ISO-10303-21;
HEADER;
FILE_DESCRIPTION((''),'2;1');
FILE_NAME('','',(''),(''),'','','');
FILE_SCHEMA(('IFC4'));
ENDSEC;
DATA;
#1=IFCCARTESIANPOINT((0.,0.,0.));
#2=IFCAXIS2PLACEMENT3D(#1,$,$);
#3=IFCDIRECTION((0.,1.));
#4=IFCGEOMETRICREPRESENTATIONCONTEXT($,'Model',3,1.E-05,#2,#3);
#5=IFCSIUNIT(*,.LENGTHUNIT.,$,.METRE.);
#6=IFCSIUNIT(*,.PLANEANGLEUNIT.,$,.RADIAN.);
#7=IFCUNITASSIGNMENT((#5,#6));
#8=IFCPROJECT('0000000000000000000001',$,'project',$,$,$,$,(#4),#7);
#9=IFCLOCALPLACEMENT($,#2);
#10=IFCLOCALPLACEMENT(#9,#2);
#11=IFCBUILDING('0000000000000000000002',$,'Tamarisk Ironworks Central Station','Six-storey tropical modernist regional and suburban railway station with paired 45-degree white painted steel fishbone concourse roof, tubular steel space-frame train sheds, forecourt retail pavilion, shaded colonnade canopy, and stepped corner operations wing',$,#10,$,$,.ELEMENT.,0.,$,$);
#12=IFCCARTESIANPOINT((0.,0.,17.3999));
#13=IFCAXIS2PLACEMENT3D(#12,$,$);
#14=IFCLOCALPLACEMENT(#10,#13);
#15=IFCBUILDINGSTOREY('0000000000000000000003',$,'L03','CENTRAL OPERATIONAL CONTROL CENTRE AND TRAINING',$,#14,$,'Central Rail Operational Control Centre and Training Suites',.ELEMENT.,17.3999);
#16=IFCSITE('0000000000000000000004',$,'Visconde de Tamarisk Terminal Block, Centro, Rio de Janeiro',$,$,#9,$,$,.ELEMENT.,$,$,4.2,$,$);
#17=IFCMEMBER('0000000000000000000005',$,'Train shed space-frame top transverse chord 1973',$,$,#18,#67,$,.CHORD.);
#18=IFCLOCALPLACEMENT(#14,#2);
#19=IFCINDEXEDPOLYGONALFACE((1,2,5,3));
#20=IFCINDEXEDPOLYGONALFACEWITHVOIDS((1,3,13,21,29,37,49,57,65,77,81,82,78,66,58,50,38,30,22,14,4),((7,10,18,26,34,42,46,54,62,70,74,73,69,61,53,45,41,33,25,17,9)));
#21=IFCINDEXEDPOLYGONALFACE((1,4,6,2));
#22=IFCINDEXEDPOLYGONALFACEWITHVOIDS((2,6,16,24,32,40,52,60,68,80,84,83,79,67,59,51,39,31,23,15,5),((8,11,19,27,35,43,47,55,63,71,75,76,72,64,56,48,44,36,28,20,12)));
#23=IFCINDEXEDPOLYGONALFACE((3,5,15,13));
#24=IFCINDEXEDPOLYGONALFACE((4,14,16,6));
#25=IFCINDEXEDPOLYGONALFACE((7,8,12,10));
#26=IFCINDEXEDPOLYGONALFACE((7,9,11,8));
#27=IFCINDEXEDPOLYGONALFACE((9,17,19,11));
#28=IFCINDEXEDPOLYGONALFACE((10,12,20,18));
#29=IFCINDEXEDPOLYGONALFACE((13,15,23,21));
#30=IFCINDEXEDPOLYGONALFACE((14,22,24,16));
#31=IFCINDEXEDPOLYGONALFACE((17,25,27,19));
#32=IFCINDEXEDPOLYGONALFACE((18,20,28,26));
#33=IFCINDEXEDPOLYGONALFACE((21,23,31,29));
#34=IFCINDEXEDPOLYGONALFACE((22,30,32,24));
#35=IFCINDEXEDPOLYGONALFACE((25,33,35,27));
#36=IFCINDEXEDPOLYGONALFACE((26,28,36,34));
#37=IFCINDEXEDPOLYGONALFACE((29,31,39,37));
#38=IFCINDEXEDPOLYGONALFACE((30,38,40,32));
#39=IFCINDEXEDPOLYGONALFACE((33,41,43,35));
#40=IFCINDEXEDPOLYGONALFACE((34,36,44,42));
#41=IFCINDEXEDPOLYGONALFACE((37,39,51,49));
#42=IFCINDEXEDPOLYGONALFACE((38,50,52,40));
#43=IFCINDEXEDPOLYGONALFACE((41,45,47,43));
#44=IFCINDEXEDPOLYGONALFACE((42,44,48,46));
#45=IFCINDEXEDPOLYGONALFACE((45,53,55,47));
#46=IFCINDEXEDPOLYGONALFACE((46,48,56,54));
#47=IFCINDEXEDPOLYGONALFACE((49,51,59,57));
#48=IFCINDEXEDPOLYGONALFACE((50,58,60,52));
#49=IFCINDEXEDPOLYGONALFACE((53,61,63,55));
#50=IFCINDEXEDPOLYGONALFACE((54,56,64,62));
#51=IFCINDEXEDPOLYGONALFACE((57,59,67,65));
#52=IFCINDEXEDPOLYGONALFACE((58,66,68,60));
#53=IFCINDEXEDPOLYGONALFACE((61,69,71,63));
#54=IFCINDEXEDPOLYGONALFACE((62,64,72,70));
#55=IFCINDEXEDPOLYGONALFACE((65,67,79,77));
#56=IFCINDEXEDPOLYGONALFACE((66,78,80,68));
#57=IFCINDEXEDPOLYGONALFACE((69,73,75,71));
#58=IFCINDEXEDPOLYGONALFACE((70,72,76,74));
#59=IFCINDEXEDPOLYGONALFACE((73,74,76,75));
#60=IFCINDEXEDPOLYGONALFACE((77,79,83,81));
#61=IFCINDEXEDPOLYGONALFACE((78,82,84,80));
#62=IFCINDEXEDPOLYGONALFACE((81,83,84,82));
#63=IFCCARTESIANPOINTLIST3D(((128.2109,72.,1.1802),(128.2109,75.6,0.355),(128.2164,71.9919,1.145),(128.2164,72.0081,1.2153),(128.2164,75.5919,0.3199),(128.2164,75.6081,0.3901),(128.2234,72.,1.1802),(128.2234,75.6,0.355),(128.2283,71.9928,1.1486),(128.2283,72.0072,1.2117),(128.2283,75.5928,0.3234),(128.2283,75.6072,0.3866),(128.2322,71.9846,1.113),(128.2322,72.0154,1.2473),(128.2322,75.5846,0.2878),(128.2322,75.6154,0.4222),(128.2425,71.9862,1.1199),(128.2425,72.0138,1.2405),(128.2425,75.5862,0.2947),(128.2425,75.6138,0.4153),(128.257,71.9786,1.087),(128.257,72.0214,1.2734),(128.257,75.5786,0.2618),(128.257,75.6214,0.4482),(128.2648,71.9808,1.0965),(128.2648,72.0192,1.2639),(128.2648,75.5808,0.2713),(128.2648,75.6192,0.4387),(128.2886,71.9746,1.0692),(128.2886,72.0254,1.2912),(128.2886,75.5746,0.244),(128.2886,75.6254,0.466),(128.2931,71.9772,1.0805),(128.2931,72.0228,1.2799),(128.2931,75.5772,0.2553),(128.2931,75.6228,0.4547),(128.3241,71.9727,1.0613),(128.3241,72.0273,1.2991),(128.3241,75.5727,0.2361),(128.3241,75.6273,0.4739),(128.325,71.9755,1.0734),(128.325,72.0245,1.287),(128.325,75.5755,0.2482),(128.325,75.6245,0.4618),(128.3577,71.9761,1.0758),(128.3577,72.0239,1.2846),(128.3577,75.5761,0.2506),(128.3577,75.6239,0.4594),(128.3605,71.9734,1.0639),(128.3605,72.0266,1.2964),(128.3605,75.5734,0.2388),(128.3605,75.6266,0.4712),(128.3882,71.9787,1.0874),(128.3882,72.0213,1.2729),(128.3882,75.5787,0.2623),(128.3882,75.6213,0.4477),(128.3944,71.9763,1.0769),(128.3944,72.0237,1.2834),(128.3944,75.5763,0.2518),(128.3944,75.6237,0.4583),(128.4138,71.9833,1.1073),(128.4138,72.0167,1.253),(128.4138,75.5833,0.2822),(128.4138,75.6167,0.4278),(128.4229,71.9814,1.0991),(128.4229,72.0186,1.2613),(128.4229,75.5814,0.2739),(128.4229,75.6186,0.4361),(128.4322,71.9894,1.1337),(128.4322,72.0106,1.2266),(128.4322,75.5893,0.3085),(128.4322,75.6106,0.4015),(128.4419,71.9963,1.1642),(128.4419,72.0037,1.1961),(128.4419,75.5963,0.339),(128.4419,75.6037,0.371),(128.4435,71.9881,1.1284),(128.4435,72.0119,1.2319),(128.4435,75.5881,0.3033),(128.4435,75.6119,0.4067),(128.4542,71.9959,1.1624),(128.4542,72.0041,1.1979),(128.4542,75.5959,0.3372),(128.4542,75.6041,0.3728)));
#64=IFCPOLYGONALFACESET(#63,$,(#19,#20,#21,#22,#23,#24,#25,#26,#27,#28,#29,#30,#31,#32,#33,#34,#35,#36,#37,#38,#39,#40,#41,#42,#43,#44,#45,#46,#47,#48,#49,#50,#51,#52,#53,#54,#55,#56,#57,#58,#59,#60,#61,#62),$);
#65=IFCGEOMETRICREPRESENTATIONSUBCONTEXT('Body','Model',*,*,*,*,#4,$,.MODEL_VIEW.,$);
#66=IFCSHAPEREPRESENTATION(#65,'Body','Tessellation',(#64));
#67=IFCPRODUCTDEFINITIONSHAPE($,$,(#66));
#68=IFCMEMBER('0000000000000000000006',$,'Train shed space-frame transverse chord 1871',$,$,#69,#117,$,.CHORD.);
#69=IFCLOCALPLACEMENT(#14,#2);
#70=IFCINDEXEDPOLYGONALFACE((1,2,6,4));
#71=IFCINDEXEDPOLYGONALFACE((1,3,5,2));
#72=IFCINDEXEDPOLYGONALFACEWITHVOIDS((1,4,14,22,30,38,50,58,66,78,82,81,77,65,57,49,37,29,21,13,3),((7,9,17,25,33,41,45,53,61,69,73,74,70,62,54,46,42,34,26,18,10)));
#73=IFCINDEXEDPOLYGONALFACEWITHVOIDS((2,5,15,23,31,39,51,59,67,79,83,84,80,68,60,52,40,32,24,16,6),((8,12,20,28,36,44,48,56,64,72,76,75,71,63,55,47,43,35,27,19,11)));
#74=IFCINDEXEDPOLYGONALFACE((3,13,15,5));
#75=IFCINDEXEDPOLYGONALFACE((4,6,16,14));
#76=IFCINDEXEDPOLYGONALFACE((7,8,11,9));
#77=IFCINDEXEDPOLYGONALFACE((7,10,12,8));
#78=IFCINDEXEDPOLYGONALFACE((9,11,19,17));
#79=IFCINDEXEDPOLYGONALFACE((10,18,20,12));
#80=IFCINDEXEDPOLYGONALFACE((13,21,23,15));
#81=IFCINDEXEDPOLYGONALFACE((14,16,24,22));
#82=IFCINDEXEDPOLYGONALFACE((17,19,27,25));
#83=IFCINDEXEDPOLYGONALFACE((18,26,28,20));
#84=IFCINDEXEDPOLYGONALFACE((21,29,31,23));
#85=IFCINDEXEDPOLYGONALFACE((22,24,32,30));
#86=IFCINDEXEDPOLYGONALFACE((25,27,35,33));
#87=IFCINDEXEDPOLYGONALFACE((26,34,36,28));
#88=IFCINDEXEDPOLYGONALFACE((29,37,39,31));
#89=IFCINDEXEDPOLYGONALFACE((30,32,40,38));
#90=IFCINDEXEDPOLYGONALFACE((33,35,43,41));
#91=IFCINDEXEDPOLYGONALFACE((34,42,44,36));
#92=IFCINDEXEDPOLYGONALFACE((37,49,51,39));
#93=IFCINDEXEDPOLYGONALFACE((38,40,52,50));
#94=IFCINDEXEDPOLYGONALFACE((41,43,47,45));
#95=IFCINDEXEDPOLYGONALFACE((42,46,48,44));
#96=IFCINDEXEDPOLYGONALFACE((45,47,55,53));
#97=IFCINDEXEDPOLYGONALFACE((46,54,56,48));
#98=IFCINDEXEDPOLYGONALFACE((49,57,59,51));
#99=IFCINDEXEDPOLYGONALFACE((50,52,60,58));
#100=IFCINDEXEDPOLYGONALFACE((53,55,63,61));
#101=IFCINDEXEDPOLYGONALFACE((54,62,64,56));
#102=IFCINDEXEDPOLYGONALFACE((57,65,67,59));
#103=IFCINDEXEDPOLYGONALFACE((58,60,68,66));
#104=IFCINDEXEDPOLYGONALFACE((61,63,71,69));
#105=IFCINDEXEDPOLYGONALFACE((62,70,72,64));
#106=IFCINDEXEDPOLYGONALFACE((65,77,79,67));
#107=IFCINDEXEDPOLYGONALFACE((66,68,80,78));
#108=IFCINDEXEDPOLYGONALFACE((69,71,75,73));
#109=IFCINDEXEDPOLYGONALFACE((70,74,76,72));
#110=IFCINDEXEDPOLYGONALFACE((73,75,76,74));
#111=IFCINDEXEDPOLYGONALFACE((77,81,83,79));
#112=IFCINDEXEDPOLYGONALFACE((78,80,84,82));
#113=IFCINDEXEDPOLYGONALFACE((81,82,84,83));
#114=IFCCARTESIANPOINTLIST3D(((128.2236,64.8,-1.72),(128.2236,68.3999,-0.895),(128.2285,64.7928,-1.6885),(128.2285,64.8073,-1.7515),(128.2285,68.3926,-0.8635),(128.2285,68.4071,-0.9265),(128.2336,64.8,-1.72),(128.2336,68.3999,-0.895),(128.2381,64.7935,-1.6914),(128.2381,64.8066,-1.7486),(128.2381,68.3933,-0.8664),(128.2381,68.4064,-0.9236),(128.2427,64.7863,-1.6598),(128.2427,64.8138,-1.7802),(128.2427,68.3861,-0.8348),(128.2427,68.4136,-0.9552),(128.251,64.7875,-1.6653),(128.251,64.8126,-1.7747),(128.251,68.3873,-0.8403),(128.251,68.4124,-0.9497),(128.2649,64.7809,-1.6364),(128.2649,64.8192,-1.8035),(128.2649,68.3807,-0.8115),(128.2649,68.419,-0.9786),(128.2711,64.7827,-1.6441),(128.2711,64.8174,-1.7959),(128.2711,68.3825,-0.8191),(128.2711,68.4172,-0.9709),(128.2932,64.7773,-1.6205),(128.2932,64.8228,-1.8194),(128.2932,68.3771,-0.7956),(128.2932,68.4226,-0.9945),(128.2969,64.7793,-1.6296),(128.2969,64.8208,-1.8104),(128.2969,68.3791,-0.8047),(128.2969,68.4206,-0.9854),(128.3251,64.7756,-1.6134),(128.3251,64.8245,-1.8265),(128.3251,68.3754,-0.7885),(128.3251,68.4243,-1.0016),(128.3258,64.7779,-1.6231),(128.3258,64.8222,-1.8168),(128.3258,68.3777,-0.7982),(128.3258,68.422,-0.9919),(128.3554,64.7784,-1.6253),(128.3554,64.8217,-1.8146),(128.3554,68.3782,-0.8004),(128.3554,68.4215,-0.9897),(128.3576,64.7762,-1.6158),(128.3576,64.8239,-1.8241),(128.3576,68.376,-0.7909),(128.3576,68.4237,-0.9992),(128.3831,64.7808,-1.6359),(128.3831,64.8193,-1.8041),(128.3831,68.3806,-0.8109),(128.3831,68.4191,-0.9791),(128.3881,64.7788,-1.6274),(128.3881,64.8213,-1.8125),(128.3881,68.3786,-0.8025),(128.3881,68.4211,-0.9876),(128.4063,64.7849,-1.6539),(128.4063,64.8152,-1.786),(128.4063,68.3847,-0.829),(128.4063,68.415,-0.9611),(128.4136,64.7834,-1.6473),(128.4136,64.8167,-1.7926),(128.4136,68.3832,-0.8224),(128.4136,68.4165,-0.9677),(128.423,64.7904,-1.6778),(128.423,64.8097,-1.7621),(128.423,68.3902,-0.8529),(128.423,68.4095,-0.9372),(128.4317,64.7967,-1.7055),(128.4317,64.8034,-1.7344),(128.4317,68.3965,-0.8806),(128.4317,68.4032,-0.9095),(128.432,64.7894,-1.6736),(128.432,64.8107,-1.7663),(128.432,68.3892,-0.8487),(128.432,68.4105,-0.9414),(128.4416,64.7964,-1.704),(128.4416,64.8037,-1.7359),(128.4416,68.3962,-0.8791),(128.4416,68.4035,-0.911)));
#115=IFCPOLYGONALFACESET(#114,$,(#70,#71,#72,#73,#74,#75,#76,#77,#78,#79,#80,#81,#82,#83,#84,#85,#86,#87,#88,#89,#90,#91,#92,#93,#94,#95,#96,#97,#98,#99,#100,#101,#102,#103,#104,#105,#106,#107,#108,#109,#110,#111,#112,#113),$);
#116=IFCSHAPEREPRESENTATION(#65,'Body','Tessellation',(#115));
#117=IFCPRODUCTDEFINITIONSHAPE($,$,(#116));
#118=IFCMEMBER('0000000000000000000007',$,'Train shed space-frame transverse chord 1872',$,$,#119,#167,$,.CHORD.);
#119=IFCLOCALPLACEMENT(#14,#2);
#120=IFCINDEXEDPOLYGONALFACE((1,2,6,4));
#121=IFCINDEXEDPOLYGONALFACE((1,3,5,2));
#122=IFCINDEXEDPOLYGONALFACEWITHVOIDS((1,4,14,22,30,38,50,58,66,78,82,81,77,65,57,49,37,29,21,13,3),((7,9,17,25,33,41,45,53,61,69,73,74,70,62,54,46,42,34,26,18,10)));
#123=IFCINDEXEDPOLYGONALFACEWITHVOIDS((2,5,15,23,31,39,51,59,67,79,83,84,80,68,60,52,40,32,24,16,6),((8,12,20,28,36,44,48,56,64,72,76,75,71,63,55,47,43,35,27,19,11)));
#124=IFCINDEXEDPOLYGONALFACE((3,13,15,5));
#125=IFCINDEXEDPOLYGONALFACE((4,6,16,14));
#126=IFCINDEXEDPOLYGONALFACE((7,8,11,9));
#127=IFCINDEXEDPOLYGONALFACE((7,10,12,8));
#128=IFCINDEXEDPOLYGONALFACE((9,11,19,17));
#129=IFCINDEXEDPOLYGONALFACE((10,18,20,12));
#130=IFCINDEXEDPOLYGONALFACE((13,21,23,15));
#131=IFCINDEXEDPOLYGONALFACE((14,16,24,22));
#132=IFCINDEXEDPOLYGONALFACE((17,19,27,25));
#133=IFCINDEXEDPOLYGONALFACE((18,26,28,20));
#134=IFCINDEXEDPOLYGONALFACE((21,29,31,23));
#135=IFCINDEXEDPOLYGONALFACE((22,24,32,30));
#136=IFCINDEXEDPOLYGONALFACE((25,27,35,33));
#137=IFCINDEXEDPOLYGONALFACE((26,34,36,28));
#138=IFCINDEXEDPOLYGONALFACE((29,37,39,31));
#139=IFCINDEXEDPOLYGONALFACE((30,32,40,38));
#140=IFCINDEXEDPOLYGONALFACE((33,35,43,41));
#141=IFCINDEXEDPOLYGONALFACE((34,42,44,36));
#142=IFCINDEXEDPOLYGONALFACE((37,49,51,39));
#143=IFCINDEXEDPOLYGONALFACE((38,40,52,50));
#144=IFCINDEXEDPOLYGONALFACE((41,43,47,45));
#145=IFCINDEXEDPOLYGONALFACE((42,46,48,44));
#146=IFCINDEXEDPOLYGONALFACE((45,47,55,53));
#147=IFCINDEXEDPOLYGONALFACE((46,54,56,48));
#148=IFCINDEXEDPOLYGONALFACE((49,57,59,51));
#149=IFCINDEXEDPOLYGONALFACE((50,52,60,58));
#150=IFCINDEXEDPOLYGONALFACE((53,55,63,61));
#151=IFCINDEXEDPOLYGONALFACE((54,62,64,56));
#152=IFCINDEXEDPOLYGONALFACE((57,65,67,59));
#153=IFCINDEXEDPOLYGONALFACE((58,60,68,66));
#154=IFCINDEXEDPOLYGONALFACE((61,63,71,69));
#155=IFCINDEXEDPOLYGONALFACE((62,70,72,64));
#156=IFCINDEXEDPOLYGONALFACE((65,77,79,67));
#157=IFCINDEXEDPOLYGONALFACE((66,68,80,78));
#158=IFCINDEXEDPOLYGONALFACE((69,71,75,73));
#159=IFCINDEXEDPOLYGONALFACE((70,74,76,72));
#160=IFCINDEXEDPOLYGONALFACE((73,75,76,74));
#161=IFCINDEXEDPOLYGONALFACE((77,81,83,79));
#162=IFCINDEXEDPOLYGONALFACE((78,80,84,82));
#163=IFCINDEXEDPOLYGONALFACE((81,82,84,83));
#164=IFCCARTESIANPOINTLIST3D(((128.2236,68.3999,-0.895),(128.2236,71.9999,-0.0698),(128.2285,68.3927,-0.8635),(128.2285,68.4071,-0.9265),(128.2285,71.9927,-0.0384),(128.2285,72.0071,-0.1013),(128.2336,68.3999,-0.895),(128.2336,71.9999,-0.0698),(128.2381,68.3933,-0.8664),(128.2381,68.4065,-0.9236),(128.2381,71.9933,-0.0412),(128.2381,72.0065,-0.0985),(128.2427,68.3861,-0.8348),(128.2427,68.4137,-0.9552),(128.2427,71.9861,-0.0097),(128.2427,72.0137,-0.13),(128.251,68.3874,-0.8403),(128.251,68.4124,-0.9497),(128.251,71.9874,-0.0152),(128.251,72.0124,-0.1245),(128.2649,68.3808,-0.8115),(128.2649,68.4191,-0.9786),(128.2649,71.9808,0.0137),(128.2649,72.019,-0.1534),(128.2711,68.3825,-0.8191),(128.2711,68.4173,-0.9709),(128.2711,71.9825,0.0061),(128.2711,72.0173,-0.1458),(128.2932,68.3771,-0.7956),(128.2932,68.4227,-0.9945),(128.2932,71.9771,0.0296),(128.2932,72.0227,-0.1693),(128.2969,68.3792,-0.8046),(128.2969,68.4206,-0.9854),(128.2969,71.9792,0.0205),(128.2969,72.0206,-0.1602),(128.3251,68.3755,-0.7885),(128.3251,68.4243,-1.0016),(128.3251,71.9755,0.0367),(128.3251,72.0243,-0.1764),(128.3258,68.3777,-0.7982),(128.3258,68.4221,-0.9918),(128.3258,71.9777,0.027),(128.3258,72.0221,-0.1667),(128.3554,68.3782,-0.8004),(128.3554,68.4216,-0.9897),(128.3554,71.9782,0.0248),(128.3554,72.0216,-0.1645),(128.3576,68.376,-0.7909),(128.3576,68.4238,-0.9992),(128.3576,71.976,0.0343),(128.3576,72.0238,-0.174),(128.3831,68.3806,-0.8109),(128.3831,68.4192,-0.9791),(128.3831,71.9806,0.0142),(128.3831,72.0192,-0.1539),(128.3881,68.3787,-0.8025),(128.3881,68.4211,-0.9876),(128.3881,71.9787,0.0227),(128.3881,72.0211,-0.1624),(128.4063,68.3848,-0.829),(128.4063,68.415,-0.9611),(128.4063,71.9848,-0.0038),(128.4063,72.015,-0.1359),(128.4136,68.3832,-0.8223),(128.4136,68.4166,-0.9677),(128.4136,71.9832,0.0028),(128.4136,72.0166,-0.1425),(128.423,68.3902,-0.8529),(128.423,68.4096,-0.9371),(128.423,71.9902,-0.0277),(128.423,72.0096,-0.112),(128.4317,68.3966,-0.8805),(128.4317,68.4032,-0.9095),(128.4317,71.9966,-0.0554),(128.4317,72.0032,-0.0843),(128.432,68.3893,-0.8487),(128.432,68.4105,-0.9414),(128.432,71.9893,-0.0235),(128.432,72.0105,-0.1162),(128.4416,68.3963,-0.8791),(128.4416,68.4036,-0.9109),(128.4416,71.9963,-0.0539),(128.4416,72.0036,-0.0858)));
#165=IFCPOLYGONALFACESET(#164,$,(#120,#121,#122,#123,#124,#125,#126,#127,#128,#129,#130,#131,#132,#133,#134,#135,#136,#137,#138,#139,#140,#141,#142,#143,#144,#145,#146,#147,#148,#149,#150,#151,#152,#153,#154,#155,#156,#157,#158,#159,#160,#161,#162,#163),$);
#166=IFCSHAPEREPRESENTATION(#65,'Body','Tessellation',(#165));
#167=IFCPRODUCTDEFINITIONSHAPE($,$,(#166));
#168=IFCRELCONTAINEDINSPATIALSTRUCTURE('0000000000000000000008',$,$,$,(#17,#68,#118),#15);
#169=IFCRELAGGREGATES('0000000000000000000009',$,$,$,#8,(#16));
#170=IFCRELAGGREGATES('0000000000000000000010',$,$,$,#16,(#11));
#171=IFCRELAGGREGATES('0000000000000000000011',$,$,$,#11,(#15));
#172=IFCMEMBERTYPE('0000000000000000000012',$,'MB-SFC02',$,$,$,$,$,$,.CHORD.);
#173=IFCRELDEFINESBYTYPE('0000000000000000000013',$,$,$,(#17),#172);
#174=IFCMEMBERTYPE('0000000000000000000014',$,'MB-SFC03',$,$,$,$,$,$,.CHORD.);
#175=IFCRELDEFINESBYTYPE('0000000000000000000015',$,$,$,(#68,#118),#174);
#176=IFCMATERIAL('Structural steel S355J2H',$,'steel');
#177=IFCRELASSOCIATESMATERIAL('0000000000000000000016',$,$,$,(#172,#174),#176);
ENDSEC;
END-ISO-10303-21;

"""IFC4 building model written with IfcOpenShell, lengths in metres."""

from ifc_helpers import new_model, si_unit, direction, frame, origin, origin_2d, place, context, subcontext, project, spatial, hollow_circle, extrude, material, material_profile, profile_set, type_object, element, save


model = new_model("IFC4")

# Units and contexts
model_context = context("Model", 3, precision=1e-05, world=origin(), true_north=direction((0.0, 1.0)))
body_context = subcontext(model_context, "Body", "Model", "MODEL_VIEW")
ifc_project = project(units=[si_unit("LENGTHUNIT", "METRE"), si_unit("PLANEANGLEUNIT", "RADIAN")], contexts=[model_context])

# Site, building, storey
site_placement = place(None, origin())
site = spatial("IfcSite", under=ifc_project, at=site_placement, Name="Visconde de Tamarisk Terminal Block, Centro, Rio de Janeiro", CompositionType="ELEMENT", RefElevation=4.2)
building_placement = place(site_placement, origin())
building = spatial("IfcBuilding", under=site, at=building_placement, Name="Tamarisk Ironworks Central Station", Description="Six-storey tropical modernist regional and suburban railway station with paired 45-degree white painted steel fishbone concourse roof, tubular steel space-frame train sheds, forecourt retail pavilion, shaded colonnade canopy, and stepped corner operations wing", CompositionType="ELEMENT", ElevationOfRefHeight=0.0)
storey_placement = place(building_placement, frame((0.0, 0.0, 17.3999)))
storey = spatial("IfcBuildingStorey", under=building, at=storey_placement, Name="L03", Description="CENTRAL OPERATIONAL CONTROL CENTRE AND TRAINING", LongName="Central Rail Operational Control Centre and Training Suites", CompositionType="ELEMENT", Elevation=17.3999)

# Members
ifc_material_1 = material(Name="Structural steel S355J2H", Category="steel")
ifc_material_profile_1 = material_profile(ifc_material_1, hollow_circle(Radius=0.1223, WallThickness=0.0125, at=origin_2d()), Name="CHS 244.5x12.5")
ifc_profile_set_1 = profile_set([ifc_material_profile_1], Name="Structural steel S355J2H")
member_type_1 = type_object("IfcMemberType", Name="MB-SFC02", PredefinedType="CHORD", material=ifc_profile_set_1)
for number, where, z_axis, x_axis, name in (
    (1, (128.3333, 72.0, 1.1802), (0.0, 0.974722, -0.223421), (-1.0, 0.0, 0.0), "Train shed space-frame top transverse chord 1973"),
):
    element("IfcMember", number, at=place(storey_placement, frame(where, z_axis=z_axis, x_axis=x_axis)), inside=storey, type_object=member_type_1, Name=name, PredefinedType="CHORD", context=body_context, shape_type="SweptSolid", body=[
        extrude(hollow_circle(Radius=0.1223, WallThickness=0.0125, at=origin_2d()), origin(), (0.0, 0.0, 1.0), 3.6934),
    ])
ifc_material_profile_2 = material_profile(ifc_material_1, hollow_circle(Radius=0.1096, WallThickness=0.01, at=origin_2d()), Name="CHS 219.1x10")
ifc_profile_set_2 = profile_set([ifc_material_profile_2], Name="Structural steel S355J2H")
member_type_2 = type_object("IfcMemberType", Name="MB-SFC03", PredefinedType="CHORD", material=ifc_profile_set_2)
member_1_placement = place(storey_placement, frame((128.3333, 64.8, -1.72), z_axis=(0.0, 0.974733, 0.223372), x_axis=(-1.0, 0.0, 0.0)))
element("IfcMember", 2, at=member_1_placement, inside=storey, type_object=member_type_2, Name="Train shed space-frame transverse chord 1871", PredefinedType="CHORD", context=body_context, shape_type="SweptSolid", body=[
    extrude(hollow_circle(Radius=0.1096, WallThickness=0.01, at=origin_2d()), origin(), (0.0, 0.0, 1.0), 3.6931),
])
for number, where, z_axis, x_axis, name in (
    (3, (128.3333, 68.3999, -0.895), (0.0, 0.974722, 0.223421), (-1.0, 0.0, 0.0), "Train shed space-frame transverse chord 1872"),
):
    element("IfcMember", number, at=place(storey_placement, frame(where, z_axis=z_axis, x_axis=x_axis)), inside=storey, type_object=member_type_2, Name=name, PredefinedType="CHORD", context=body_context, shape_type="SweptSolid", body=[
        extrude(hollow_circle(Radius=0.1096, WallThickness=0.01, at=origin_2d()), origin(), (0.0, 0.0, 1.0), 3.6934),
    ])

save(model, "model.ifc")
